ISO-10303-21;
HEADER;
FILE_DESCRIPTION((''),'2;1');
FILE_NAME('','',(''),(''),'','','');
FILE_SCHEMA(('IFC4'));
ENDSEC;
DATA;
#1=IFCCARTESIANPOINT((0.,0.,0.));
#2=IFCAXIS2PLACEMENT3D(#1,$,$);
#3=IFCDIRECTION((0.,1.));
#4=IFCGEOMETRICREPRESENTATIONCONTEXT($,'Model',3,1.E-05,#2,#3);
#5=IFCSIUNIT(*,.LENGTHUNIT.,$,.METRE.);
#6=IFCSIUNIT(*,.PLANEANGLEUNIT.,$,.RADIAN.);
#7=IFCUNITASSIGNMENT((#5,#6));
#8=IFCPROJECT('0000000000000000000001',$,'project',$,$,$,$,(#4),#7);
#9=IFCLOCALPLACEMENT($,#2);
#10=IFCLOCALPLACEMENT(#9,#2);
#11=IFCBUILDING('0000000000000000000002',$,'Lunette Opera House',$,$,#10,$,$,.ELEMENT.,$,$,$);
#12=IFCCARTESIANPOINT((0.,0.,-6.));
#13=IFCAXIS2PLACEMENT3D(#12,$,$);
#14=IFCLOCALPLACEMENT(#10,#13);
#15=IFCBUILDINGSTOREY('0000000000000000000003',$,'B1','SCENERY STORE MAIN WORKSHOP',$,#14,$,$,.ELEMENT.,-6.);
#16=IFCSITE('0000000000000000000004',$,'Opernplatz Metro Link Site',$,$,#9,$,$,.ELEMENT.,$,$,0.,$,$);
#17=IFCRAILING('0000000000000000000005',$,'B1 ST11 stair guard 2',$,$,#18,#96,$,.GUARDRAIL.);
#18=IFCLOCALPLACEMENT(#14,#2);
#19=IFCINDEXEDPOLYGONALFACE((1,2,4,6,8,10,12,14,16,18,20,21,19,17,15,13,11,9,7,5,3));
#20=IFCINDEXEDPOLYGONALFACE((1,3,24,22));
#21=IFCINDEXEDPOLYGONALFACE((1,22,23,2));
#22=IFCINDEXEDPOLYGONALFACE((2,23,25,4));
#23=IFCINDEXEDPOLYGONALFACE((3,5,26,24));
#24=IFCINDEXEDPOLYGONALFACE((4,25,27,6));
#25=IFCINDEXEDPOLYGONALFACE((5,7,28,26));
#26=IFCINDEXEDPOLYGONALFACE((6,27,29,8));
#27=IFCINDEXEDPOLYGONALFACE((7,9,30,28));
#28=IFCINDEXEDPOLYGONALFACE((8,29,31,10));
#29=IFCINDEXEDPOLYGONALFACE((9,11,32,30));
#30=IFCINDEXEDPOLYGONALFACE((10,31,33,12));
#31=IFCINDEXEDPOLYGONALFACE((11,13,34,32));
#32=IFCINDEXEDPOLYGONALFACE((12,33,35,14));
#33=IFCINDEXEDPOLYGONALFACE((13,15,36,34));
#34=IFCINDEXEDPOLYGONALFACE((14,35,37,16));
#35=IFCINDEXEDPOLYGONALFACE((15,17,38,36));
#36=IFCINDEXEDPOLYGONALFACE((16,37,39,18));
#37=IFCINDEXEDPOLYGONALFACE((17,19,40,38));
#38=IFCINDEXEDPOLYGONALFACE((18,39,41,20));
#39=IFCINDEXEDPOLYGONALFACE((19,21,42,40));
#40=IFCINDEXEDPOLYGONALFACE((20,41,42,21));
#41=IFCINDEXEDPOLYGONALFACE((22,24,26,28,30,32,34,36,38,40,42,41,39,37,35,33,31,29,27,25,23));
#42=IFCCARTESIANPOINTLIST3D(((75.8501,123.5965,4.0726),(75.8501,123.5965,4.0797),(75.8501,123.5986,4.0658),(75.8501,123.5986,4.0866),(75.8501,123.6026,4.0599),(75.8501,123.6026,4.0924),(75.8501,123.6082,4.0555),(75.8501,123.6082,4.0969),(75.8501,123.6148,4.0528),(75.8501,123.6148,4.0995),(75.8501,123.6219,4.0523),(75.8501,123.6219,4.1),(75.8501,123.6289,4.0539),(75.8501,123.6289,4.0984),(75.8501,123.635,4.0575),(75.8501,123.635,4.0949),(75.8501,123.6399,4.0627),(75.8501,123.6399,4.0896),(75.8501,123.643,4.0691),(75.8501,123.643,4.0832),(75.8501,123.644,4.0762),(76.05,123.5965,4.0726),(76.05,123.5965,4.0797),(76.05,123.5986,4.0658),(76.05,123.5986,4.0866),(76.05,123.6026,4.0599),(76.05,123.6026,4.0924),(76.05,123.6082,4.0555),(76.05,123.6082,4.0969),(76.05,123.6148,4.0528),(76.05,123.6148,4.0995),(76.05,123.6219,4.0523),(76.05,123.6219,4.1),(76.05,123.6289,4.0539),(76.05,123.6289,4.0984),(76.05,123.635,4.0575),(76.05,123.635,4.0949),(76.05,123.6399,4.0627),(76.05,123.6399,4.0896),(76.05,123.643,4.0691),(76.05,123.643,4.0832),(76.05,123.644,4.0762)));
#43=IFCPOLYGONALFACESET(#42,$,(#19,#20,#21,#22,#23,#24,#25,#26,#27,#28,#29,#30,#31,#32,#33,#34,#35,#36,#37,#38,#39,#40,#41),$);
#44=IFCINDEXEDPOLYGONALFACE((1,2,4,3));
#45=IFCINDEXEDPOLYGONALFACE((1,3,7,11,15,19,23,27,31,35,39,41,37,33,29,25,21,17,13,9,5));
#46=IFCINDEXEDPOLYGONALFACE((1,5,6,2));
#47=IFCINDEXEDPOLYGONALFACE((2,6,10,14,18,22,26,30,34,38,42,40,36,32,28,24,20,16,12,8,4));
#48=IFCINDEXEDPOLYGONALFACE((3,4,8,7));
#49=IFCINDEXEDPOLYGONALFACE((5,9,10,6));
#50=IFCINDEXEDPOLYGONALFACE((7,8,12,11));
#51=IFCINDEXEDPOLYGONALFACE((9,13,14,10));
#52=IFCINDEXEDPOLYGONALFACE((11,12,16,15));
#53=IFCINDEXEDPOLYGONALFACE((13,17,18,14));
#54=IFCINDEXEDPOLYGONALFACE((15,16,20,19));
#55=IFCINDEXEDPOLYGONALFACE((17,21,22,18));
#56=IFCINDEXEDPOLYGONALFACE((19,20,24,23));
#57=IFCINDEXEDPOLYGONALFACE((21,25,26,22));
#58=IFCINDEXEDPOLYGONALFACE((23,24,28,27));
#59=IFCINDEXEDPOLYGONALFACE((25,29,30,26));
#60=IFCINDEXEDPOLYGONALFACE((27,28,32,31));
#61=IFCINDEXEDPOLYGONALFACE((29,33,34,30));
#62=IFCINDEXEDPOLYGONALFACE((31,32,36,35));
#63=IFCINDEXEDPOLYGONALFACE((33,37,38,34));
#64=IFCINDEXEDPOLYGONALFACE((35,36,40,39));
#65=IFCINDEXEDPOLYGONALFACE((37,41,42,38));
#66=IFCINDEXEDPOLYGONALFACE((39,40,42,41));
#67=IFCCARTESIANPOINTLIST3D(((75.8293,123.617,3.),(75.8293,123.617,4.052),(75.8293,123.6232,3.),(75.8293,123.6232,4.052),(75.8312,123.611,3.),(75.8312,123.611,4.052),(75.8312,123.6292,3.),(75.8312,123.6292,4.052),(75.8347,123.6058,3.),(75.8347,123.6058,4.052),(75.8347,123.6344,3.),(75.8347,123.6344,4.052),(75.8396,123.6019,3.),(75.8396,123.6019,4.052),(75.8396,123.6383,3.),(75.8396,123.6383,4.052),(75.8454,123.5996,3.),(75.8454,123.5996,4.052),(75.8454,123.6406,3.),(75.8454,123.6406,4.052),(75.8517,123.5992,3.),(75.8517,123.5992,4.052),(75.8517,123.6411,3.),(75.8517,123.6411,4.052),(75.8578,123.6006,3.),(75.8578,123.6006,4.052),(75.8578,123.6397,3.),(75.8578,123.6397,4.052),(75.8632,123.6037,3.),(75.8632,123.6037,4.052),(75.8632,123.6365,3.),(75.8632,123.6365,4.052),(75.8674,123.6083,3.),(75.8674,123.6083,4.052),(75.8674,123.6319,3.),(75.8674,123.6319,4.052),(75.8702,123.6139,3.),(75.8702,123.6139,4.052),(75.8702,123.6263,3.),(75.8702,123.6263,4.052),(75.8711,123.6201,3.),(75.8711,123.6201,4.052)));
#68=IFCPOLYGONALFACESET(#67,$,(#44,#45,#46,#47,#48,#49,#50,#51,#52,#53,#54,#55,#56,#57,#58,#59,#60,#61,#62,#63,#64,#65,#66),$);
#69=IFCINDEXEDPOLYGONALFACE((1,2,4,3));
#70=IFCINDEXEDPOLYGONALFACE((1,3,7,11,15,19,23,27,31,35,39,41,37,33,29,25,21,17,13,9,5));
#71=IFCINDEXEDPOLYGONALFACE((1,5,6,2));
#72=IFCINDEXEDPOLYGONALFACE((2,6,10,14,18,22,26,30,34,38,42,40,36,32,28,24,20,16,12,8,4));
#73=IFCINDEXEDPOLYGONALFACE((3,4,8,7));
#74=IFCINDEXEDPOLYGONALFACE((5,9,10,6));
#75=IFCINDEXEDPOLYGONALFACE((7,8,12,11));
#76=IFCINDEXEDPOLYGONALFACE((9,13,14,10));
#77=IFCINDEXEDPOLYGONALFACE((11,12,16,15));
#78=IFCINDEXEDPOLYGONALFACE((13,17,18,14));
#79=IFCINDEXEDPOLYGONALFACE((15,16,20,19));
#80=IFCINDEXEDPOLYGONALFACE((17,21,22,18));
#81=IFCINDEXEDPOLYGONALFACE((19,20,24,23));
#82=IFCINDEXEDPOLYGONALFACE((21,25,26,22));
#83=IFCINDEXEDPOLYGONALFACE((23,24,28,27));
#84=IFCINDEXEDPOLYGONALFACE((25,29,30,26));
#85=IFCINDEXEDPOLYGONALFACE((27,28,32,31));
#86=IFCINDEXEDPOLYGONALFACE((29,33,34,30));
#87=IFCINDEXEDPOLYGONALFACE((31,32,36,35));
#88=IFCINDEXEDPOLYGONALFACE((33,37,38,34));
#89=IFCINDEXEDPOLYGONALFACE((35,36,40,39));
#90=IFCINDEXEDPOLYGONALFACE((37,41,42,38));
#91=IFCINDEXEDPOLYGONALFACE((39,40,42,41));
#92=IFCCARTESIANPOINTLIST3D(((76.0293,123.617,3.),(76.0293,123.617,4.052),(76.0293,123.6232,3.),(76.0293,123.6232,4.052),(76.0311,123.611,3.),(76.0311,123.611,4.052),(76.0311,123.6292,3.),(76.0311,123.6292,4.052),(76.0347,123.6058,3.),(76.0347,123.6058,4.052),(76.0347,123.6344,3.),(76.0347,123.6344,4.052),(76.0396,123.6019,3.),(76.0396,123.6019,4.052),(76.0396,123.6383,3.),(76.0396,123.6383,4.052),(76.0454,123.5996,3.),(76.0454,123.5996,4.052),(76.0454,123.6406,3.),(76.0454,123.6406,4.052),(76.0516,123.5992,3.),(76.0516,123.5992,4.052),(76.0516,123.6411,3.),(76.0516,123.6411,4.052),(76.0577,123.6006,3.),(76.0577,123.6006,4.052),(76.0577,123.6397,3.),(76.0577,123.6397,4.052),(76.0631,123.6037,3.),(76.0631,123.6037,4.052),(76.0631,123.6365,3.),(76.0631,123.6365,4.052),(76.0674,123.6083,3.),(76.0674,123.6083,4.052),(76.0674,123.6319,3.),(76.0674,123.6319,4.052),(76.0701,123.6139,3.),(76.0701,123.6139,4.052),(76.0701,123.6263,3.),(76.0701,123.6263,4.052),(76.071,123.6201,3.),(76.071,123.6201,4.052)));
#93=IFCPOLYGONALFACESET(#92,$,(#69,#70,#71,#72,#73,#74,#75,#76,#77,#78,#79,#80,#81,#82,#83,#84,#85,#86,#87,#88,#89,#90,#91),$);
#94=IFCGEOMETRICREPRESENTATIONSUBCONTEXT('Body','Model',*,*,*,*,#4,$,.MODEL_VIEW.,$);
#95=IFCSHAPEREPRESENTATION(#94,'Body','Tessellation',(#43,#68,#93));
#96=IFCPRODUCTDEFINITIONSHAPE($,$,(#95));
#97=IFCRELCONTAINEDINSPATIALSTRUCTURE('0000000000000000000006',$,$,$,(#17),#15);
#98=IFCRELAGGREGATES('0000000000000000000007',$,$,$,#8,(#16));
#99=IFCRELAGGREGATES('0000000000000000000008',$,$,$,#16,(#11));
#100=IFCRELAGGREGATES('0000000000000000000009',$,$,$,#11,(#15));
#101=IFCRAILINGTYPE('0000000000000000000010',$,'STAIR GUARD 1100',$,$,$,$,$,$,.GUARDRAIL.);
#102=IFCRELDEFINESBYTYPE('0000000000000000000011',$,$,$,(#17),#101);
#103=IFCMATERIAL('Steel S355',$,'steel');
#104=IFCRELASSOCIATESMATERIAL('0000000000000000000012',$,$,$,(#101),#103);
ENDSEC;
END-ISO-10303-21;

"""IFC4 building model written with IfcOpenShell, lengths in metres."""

from ifc_helpers import new_model, si_unit, direction, frame, origin, origin_2d, place, context, subcontext, project, spatial, circle, extrude, material, type_object, element, save


model = new_model("IFC4")

# Units and contexts
model_context = context("Model", 3, precision=1e-05, world=origin(), true_north=direction((0.0, 1.0)))
body_context = subcontext(model_context, "Body", "Model", "MODEL_VIEW")
ifc_project = project(units=[si_unit("LENGTHUNIT", "METRE"), si_unit("PLANEANGLEUNIT", "RADIAN")], contexts=[model_context])

# Site, building, storey
site_placement = place(None, origin())
site = spatial("IfcSite", under=ifc_project, at=site_placement, Name="Opernplatz Metro Link Site", CompositionType="ELEMENT", RefElevation=0.0)
building_placement = place(site_placement, origin())
building = spatial("IfcBuilding", under=site, at=building_placement, Name="Lunette Opera House", CompositionType="ELEMENT")
storey_placement = place(building_placement, frame((0.0, 0.0, -6.0)))
storey = spatial("IfcBuildingStorey", under=building, at=storey_placement, Name="B1", Description="SCENERY STORE MAIN WORKSHOP", CompositionType="ELEMENT", Elevation=-6.0)

# Railing
ifc_material_1 = material(Name="Steel S355", Category="steel")
railing_type = type_object("IfcRailingType", Name="STAIR GUARD 1100", PredefinedType="GUARDRAIL", material=ifc_material_1)
railing_1_placement = place(storey_placement, frame((75.8501, 123.6201, 3.0)))
element("IfcRailing", 1, at=railing_1_placement, inside=storey, type_object=railing_type, Name="B1 ST11 stair guard 2", PredefinedType="GUARDRAIL", context=body_context, shape_type="SweptSolid", body=[
    extrude(circle(Radius=0.0239, at=origin_2d()), frame((0.0, 0.0, 1.0762), z_axis=(1.0, 0.0, 0.0), x_axis=(0.0, 1.0, 0.0)), (0.0, 0.0, 1.0), 0.2),
    extrude(circle(Radius=0.021, at=origin_2d()), origin(), (0.0, 0.0, 1.0), 1.052),
    extrude(circle(Radius=0.021, at=origin_2d()), frame((0.2, 0.0, 0.0)), (0.0, 0.0, 1.0), 1.052),
])

save(model, "model.ifc")
